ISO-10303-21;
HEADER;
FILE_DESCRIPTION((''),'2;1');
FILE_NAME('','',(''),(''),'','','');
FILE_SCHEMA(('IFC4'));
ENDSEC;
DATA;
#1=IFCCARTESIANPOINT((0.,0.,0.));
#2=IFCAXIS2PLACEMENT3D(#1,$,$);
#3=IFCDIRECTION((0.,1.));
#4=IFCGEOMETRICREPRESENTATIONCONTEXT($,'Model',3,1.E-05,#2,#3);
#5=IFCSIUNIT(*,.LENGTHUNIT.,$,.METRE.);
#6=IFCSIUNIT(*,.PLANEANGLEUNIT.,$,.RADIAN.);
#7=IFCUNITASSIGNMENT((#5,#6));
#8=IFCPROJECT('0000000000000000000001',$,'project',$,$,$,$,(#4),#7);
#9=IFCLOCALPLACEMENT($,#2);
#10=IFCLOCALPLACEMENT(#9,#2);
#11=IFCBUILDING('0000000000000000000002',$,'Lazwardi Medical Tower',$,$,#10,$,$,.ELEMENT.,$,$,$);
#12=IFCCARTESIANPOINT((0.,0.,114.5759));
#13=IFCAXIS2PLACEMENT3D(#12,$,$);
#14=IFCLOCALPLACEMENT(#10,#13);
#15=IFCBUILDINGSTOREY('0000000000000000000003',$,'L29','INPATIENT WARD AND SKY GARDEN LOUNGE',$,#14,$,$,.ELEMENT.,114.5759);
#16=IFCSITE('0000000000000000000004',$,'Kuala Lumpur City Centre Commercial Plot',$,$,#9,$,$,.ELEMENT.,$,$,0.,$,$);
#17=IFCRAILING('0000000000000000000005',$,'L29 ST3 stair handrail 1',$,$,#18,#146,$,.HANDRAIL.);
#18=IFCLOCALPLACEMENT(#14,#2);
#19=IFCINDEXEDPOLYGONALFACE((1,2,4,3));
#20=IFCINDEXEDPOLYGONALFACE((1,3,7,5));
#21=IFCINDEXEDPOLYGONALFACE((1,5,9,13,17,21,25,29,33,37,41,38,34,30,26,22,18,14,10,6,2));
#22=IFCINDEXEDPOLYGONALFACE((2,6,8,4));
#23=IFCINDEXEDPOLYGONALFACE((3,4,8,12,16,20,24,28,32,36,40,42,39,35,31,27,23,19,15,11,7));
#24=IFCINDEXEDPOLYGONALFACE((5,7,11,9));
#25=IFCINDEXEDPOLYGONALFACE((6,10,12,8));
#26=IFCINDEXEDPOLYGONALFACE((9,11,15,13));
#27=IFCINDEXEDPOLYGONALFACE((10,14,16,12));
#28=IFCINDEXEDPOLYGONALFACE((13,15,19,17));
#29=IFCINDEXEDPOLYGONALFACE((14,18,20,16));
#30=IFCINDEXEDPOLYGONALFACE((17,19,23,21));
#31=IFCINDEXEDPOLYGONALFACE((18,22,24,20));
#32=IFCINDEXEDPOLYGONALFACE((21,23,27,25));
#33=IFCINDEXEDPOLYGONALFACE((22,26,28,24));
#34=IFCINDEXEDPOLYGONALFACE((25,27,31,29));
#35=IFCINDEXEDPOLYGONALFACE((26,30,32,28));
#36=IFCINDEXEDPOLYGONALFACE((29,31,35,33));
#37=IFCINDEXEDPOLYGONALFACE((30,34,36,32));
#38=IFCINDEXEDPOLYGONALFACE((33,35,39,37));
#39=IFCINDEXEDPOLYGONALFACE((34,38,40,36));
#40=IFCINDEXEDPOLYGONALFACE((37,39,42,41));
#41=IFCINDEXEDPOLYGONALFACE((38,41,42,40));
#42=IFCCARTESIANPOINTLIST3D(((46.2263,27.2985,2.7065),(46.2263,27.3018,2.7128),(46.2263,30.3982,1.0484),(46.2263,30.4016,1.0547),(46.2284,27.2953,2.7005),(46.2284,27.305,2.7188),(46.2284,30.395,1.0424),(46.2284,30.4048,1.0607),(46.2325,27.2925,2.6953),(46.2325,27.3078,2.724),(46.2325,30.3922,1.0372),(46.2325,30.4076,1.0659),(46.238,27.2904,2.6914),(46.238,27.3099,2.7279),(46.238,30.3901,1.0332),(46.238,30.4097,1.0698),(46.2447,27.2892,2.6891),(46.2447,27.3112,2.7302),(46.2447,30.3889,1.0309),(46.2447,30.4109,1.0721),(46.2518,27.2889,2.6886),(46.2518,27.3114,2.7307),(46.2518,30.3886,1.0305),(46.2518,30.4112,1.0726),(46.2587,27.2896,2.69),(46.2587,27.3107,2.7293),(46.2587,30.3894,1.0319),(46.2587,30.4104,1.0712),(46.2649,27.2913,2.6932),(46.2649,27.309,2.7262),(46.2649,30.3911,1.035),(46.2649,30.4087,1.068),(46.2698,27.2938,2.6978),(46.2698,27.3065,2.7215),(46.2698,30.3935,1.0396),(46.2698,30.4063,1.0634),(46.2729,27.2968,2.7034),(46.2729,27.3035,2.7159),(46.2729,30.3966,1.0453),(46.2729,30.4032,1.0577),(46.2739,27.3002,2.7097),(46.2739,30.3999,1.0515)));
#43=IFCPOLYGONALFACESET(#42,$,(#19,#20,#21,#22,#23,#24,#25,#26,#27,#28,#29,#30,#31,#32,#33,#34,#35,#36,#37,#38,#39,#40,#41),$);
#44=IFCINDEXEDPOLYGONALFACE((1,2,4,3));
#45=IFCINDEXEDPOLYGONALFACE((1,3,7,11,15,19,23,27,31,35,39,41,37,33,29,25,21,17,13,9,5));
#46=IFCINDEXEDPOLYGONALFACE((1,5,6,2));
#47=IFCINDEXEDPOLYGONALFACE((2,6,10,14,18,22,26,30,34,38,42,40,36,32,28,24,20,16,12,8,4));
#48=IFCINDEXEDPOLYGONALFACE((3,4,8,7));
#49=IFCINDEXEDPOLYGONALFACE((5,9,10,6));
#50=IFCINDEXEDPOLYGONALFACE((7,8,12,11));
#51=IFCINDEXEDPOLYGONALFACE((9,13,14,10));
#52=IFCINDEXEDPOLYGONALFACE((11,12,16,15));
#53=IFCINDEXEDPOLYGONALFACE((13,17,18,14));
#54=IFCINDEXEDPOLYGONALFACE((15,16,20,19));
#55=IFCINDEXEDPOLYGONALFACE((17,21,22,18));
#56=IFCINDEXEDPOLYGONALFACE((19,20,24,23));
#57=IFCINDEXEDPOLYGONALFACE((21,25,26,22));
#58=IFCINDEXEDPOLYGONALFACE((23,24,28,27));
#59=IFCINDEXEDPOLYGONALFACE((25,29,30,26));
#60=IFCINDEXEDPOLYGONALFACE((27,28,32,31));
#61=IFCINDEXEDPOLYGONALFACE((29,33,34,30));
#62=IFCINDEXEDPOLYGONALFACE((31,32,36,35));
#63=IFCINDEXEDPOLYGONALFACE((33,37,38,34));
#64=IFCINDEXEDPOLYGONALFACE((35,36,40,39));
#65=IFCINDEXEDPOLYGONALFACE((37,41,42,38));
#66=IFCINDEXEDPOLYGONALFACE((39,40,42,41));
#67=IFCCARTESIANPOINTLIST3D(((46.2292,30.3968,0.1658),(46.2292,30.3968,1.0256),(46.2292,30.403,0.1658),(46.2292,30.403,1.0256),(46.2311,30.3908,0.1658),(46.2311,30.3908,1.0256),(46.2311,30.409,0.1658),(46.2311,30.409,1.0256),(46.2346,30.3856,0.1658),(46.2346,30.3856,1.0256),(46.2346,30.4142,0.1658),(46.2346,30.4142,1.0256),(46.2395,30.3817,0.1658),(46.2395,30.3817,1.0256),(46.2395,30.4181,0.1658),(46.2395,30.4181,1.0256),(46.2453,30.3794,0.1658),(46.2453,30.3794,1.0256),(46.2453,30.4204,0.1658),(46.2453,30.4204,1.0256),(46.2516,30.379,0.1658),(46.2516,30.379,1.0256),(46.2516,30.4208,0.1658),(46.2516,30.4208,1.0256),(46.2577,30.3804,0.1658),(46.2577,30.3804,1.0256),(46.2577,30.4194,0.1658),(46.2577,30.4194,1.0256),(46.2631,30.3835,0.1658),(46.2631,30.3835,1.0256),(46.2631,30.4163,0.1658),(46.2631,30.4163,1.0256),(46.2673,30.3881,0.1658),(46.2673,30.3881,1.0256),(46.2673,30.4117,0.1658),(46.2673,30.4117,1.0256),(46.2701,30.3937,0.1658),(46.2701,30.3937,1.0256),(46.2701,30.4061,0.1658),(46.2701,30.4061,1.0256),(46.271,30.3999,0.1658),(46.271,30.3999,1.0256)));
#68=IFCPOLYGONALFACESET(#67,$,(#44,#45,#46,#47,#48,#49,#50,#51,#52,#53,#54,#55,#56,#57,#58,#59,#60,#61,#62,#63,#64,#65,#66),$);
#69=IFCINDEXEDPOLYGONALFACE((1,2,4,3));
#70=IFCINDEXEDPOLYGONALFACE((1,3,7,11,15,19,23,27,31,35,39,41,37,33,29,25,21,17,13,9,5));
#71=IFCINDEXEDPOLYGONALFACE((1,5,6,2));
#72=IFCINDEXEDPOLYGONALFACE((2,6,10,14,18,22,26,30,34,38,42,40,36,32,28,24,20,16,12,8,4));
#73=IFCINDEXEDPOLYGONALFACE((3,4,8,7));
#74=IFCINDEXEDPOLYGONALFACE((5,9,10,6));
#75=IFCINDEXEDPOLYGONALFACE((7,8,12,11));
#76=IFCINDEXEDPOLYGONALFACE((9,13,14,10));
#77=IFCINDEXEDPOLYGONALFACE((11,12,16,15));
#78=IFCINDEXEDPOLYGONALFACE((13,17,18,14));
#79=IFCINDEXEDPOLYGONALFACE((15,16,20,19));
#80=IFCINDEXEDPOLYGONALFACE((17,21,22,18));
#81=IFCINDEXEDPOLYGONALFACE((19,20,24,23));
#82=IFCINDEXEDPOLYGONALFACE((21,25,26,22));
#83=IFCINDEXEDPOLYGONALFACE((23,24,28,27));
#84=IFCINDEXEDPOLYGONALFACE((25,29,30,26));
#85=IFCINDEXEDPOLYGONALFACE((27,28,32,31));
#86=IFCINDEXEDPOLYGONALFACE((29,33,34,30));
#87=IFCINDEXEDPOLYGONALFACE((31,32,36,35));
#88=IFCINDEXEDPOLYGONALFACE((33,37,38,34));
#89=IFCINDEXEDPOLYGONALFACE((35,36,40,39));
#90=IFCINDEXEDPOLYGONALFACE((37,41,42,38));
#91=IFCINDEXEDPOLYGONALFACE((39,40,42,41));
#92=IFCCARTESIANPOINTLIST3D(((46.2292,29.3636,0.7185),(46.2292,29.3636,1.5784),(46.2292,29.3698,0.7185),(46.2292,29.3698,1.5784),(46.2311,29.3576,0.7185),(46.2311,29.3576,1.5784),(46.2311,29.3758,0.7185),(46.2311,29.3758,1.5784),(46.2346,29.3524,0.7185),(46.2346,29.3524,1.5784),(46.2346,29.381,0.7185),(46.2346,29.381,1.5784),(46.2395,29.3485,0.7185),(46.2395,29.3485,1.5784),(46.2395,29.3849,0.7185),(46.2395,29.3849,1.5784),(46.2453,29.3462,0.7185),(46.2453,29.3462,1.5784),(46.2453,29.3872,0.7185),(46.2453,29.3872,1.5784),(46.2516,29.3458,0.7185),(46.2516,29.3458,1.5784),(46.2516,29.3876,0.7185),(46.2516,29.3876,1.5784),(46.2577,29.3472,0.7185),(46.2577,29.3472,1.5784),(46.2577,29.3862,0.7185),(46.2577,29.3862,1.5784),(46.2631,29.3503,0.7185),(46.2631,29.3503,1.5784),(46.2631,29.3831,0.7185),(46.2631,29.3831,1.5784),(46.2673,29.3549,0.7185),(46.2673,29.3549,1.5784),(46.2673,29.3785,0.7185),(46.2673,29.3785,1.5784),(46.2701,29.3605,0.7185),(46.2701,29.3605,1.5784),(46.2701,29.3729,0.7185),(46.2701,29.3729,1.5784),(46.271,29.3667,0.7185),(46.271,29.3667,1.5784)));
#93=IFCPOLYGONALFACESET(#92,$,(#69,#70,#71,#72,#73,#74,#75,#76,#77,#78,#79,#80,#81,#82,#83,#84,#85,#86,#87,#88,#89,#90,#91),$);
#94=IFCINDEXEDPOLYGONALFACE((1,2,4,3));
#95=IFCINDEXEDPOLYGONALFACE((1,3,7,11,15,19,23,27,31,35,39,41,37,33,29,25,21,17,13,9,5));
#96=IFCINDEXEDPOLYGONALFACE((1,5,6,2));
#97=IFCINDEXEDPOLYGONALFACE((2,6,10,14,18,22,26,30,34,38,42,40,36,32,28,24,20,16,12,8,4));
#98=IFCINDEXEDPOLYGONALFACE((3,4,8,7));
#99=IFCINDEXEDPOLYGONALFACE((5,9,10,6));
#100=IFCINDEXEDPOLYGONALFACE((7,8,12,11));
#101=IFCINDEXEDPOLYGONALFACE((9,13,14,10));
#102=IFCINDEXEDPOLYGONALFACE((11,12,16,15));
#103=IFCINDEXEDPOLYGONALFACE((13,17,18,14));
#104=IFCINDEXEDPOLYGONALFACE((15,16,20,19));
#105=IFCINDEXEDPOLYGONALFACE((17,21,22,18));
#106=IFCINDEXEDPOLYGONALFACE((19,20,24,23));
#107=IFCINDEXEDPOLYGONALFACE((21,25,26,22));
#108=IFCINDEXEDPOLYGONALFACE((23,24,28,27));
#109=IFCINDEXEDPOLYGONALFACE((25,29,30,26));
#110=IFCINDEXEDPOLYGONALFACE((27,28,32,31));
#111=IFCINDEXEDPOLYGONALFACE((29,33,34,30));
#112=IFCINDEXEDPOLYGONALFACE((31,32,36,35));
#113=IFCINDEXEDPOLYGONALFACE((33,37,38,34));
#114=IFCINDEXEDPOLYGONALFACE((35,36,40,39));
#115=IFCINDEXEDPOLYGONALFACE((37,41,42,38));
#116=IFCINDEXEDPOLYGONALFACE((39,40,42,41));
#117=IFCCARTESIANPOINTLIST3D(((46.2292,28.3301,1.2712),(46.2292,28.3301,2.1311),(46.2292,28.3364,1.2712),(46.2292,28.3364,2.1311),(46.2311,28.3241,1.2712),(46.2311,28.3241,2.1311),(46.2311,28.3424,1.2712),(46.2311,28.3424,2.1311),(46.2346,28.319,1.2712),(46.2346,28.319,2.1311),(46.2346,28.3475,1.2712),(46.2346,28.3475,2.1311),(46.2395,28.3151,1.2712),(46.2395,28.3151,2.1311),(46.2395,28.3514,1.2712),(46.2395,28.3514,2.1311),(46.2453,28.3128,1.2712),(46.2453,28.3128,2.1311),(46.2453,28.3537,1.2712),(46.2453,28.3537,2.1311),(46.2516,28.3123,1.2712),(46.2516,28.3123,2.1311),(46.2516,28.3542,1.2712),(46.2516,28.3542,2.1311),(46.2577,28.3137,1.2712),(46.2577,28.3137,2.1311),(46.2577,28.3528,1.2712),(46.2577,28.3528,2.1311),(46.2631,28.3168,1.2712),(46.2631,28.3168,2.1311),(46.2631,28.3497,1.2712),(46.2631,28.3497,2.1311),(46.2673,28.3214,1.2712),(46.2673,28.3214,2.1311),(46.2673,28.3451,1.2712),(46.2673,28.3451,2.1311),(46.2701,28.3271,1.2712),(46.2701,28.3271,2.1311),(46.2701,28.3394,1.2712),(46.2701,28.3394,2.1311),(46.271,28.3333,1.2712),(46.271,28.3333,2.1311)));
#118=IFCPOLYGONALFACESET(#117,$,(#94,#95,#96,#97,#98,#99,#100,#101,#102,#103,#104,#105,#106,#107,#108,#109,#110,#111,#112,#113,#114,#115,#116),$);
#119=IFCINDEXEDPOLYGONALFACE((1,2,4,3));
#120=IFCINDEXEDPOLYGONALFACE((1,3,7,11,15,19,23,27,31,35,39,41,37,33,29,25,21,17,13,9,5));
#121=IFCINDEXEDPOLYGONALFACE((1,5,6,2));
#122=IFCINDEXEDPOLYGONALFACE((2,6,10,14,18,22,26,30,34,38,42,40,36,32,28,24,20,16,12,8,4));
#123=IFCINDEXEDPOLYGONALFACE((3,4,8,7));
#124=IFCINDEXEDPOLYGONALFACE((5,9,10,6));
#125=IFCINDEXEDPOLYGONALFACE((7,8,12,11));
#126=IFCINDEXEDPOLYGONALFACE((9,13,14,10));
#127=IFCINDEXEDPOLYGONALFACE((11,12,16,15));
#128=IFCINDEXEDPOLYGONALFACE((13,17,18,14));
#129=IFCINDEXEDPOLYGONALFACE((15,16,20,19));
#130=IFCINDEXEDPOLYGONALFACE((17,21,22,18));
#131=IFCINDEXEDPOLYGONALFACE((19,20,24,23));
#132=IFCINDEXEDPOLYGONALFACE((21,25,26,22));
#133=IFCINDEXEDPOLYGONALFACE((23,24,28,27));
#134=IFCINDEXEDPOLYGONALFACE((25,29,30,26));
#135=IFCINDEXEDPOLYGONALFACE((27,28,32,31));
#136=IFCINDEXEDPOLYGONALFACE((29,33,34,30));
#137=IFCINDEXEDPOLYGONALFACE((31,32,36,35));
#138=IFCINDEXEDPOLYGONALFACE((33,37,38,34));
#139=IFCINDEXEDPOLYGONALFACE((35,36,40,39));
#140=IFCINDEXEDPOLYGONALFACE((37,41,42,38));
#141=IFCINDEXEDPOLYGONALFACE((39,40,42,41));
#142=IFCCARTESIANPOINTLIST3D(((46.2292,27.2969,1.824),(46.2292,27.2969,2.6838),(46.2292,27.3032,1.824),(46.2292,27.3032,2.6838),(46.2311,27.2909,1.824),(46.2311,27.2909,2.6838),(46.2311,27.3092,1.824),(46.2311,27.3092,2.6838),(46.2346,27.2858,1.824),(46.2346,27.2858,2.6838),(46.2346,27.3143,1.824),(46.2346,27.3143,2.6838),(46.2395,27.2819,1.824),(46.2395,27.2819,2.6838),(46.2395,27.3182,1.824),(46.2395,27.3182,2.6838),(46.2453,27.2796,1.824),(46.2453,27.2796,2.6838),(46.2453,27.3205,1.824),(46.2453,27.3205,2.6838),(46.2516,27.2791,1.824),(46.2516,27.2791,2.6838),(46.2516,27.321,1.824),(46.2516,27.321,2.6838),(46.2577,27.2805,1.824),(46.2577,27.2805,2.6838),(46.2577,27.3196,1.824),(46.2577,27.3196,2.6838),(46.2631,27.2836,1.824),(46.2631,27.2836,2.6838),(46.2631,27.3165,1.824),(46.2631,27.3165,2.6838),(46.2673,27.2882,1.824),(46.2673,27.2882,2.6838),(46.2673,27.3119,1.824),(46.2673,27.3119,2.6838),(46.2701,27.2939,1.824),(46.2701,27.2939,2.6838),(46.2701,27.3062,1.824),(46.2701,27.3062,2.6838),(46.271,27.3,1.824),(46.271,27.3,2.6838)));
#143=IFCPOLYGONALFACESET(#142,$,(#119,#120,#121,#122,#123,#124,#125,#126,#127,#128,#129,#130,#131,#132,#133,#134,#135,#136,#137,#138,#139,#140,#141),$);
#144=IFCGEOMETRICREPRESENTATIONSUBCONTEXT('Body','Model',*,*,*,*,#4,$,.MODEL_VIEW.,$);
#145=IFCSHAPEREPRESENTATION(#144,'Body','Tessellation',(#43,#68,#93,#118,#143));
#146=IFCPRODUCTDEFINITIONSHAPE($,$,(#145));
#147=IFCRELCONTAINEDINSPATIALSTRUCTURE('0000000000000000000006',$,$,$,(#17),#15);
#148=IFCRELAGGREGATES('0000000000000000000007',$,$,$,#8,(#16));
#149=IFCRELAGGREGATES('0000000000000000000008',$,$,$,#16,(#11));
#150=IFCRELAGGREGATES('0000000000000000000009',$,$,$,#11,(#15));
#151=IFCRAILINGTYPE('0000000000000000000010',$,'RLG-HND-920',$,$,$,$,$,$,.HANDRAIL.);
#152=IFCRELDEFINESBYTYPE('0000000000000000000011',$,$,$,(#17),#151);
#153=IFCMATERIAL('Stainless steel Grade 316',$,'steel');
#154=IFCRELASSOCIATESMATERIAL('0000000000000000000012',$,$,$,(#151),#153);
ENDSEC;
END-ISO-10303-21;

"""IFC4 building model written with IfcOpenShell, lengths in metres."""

from ifc_helpers import new_model, si_unit, direction, frame, origin, origin_2d, place, context, subcontext, project, spatial, circle, extrude, material, type_object, element, save


model = new_model("IFC4")

# Units and contexts
model_context = context("Model", 3, precision=1e-05, world=origin(), true_north=direction((0.0, 1.0)))
body_context = subcontext(model_context, "Body", "Model", "MODEL_VIEW")
ifc_project = project(units=[si_unit("LENGTHUNIT", "METRE"), si_unit("PLANEANGLEUNIT", "RADIAN")], contexts=[model_context])

# Site, building, storey
site_placement = place(None, origin())
site = spatial("IfcSite", under=ifc_project, at=site_placement, Name="Kuala Lumpur City Centre Commercial Plot", CompositionType="ELEMENT", RefElevation=0.0)
building_placement = place(site_placement, origin())
building = spatial("IfcBuilding", under=site, at=building_placement, Name="Lazwardi Medical Tower", CompositionType="ELEMENT")
storey_placement = place(building_placement, frame((0.0, 0.0, 114.5759)))
storey = spatial("IfcBuildingStorey", under=building, at=storey_placement, Name="L29", Description="INPATIENT WARD AND SKY GARDEN LOUNGE", CompositionType="ELEMENT", Elevation=114.5759)

# Railing
ifc_material_1 = material(Name="Stainless steel Grade 316", Category="steel")
railing_type_1 = type_object("IfcRailingType", Name="RLG-HND-920", PredefinedType="HANDRAIL", material=ifc_material_1)
railing_1_placement = place(storey_placement, frame((46.25, 30.3999, 0.1658)))
element("IfcRailing", 1, at=railing_1_placement, inside=storey, type_object=railing_type_1, Name="L29 ST3 stair handrail 1", PredefinedType="HANDRAIL", context=body_context, shape_type="SweptSolid", body=[
    extrude(circle(Radius=0.0239, at=origin_2d()), frame((0.0, 0.0, 0.8857), z_axis=(0.0, -0.881768, 0.471684), x_axis=(1.0, 0.0, 0.0)), (0.0, 0.0, 1.0), 3.5154),
    extrude(circle(Radius=0.021, at=origin_2d()), origin(), (0.0, 0.0, 1.0), 0.8599),
    extrude(circle(Radius=0.021, at=origin_2d()), frame((0.0, -1.0332, 0.5527)), (0.0, 0.0, 1.0), 0.8599),
    extrude(circle(Radius=0.021, at=origin_2d()), frame((0.0, -2.0667, 1.1055)), (0.0, 0.0, 1.0), 0.8599),
    extrude(circle(Radius=0.021, at=origin_2d()), frame((0.0, -3.0999, 1.6582)), (0.0, 0.0, 1.0), 0.8599),
])

save(model, "model.ifc")
